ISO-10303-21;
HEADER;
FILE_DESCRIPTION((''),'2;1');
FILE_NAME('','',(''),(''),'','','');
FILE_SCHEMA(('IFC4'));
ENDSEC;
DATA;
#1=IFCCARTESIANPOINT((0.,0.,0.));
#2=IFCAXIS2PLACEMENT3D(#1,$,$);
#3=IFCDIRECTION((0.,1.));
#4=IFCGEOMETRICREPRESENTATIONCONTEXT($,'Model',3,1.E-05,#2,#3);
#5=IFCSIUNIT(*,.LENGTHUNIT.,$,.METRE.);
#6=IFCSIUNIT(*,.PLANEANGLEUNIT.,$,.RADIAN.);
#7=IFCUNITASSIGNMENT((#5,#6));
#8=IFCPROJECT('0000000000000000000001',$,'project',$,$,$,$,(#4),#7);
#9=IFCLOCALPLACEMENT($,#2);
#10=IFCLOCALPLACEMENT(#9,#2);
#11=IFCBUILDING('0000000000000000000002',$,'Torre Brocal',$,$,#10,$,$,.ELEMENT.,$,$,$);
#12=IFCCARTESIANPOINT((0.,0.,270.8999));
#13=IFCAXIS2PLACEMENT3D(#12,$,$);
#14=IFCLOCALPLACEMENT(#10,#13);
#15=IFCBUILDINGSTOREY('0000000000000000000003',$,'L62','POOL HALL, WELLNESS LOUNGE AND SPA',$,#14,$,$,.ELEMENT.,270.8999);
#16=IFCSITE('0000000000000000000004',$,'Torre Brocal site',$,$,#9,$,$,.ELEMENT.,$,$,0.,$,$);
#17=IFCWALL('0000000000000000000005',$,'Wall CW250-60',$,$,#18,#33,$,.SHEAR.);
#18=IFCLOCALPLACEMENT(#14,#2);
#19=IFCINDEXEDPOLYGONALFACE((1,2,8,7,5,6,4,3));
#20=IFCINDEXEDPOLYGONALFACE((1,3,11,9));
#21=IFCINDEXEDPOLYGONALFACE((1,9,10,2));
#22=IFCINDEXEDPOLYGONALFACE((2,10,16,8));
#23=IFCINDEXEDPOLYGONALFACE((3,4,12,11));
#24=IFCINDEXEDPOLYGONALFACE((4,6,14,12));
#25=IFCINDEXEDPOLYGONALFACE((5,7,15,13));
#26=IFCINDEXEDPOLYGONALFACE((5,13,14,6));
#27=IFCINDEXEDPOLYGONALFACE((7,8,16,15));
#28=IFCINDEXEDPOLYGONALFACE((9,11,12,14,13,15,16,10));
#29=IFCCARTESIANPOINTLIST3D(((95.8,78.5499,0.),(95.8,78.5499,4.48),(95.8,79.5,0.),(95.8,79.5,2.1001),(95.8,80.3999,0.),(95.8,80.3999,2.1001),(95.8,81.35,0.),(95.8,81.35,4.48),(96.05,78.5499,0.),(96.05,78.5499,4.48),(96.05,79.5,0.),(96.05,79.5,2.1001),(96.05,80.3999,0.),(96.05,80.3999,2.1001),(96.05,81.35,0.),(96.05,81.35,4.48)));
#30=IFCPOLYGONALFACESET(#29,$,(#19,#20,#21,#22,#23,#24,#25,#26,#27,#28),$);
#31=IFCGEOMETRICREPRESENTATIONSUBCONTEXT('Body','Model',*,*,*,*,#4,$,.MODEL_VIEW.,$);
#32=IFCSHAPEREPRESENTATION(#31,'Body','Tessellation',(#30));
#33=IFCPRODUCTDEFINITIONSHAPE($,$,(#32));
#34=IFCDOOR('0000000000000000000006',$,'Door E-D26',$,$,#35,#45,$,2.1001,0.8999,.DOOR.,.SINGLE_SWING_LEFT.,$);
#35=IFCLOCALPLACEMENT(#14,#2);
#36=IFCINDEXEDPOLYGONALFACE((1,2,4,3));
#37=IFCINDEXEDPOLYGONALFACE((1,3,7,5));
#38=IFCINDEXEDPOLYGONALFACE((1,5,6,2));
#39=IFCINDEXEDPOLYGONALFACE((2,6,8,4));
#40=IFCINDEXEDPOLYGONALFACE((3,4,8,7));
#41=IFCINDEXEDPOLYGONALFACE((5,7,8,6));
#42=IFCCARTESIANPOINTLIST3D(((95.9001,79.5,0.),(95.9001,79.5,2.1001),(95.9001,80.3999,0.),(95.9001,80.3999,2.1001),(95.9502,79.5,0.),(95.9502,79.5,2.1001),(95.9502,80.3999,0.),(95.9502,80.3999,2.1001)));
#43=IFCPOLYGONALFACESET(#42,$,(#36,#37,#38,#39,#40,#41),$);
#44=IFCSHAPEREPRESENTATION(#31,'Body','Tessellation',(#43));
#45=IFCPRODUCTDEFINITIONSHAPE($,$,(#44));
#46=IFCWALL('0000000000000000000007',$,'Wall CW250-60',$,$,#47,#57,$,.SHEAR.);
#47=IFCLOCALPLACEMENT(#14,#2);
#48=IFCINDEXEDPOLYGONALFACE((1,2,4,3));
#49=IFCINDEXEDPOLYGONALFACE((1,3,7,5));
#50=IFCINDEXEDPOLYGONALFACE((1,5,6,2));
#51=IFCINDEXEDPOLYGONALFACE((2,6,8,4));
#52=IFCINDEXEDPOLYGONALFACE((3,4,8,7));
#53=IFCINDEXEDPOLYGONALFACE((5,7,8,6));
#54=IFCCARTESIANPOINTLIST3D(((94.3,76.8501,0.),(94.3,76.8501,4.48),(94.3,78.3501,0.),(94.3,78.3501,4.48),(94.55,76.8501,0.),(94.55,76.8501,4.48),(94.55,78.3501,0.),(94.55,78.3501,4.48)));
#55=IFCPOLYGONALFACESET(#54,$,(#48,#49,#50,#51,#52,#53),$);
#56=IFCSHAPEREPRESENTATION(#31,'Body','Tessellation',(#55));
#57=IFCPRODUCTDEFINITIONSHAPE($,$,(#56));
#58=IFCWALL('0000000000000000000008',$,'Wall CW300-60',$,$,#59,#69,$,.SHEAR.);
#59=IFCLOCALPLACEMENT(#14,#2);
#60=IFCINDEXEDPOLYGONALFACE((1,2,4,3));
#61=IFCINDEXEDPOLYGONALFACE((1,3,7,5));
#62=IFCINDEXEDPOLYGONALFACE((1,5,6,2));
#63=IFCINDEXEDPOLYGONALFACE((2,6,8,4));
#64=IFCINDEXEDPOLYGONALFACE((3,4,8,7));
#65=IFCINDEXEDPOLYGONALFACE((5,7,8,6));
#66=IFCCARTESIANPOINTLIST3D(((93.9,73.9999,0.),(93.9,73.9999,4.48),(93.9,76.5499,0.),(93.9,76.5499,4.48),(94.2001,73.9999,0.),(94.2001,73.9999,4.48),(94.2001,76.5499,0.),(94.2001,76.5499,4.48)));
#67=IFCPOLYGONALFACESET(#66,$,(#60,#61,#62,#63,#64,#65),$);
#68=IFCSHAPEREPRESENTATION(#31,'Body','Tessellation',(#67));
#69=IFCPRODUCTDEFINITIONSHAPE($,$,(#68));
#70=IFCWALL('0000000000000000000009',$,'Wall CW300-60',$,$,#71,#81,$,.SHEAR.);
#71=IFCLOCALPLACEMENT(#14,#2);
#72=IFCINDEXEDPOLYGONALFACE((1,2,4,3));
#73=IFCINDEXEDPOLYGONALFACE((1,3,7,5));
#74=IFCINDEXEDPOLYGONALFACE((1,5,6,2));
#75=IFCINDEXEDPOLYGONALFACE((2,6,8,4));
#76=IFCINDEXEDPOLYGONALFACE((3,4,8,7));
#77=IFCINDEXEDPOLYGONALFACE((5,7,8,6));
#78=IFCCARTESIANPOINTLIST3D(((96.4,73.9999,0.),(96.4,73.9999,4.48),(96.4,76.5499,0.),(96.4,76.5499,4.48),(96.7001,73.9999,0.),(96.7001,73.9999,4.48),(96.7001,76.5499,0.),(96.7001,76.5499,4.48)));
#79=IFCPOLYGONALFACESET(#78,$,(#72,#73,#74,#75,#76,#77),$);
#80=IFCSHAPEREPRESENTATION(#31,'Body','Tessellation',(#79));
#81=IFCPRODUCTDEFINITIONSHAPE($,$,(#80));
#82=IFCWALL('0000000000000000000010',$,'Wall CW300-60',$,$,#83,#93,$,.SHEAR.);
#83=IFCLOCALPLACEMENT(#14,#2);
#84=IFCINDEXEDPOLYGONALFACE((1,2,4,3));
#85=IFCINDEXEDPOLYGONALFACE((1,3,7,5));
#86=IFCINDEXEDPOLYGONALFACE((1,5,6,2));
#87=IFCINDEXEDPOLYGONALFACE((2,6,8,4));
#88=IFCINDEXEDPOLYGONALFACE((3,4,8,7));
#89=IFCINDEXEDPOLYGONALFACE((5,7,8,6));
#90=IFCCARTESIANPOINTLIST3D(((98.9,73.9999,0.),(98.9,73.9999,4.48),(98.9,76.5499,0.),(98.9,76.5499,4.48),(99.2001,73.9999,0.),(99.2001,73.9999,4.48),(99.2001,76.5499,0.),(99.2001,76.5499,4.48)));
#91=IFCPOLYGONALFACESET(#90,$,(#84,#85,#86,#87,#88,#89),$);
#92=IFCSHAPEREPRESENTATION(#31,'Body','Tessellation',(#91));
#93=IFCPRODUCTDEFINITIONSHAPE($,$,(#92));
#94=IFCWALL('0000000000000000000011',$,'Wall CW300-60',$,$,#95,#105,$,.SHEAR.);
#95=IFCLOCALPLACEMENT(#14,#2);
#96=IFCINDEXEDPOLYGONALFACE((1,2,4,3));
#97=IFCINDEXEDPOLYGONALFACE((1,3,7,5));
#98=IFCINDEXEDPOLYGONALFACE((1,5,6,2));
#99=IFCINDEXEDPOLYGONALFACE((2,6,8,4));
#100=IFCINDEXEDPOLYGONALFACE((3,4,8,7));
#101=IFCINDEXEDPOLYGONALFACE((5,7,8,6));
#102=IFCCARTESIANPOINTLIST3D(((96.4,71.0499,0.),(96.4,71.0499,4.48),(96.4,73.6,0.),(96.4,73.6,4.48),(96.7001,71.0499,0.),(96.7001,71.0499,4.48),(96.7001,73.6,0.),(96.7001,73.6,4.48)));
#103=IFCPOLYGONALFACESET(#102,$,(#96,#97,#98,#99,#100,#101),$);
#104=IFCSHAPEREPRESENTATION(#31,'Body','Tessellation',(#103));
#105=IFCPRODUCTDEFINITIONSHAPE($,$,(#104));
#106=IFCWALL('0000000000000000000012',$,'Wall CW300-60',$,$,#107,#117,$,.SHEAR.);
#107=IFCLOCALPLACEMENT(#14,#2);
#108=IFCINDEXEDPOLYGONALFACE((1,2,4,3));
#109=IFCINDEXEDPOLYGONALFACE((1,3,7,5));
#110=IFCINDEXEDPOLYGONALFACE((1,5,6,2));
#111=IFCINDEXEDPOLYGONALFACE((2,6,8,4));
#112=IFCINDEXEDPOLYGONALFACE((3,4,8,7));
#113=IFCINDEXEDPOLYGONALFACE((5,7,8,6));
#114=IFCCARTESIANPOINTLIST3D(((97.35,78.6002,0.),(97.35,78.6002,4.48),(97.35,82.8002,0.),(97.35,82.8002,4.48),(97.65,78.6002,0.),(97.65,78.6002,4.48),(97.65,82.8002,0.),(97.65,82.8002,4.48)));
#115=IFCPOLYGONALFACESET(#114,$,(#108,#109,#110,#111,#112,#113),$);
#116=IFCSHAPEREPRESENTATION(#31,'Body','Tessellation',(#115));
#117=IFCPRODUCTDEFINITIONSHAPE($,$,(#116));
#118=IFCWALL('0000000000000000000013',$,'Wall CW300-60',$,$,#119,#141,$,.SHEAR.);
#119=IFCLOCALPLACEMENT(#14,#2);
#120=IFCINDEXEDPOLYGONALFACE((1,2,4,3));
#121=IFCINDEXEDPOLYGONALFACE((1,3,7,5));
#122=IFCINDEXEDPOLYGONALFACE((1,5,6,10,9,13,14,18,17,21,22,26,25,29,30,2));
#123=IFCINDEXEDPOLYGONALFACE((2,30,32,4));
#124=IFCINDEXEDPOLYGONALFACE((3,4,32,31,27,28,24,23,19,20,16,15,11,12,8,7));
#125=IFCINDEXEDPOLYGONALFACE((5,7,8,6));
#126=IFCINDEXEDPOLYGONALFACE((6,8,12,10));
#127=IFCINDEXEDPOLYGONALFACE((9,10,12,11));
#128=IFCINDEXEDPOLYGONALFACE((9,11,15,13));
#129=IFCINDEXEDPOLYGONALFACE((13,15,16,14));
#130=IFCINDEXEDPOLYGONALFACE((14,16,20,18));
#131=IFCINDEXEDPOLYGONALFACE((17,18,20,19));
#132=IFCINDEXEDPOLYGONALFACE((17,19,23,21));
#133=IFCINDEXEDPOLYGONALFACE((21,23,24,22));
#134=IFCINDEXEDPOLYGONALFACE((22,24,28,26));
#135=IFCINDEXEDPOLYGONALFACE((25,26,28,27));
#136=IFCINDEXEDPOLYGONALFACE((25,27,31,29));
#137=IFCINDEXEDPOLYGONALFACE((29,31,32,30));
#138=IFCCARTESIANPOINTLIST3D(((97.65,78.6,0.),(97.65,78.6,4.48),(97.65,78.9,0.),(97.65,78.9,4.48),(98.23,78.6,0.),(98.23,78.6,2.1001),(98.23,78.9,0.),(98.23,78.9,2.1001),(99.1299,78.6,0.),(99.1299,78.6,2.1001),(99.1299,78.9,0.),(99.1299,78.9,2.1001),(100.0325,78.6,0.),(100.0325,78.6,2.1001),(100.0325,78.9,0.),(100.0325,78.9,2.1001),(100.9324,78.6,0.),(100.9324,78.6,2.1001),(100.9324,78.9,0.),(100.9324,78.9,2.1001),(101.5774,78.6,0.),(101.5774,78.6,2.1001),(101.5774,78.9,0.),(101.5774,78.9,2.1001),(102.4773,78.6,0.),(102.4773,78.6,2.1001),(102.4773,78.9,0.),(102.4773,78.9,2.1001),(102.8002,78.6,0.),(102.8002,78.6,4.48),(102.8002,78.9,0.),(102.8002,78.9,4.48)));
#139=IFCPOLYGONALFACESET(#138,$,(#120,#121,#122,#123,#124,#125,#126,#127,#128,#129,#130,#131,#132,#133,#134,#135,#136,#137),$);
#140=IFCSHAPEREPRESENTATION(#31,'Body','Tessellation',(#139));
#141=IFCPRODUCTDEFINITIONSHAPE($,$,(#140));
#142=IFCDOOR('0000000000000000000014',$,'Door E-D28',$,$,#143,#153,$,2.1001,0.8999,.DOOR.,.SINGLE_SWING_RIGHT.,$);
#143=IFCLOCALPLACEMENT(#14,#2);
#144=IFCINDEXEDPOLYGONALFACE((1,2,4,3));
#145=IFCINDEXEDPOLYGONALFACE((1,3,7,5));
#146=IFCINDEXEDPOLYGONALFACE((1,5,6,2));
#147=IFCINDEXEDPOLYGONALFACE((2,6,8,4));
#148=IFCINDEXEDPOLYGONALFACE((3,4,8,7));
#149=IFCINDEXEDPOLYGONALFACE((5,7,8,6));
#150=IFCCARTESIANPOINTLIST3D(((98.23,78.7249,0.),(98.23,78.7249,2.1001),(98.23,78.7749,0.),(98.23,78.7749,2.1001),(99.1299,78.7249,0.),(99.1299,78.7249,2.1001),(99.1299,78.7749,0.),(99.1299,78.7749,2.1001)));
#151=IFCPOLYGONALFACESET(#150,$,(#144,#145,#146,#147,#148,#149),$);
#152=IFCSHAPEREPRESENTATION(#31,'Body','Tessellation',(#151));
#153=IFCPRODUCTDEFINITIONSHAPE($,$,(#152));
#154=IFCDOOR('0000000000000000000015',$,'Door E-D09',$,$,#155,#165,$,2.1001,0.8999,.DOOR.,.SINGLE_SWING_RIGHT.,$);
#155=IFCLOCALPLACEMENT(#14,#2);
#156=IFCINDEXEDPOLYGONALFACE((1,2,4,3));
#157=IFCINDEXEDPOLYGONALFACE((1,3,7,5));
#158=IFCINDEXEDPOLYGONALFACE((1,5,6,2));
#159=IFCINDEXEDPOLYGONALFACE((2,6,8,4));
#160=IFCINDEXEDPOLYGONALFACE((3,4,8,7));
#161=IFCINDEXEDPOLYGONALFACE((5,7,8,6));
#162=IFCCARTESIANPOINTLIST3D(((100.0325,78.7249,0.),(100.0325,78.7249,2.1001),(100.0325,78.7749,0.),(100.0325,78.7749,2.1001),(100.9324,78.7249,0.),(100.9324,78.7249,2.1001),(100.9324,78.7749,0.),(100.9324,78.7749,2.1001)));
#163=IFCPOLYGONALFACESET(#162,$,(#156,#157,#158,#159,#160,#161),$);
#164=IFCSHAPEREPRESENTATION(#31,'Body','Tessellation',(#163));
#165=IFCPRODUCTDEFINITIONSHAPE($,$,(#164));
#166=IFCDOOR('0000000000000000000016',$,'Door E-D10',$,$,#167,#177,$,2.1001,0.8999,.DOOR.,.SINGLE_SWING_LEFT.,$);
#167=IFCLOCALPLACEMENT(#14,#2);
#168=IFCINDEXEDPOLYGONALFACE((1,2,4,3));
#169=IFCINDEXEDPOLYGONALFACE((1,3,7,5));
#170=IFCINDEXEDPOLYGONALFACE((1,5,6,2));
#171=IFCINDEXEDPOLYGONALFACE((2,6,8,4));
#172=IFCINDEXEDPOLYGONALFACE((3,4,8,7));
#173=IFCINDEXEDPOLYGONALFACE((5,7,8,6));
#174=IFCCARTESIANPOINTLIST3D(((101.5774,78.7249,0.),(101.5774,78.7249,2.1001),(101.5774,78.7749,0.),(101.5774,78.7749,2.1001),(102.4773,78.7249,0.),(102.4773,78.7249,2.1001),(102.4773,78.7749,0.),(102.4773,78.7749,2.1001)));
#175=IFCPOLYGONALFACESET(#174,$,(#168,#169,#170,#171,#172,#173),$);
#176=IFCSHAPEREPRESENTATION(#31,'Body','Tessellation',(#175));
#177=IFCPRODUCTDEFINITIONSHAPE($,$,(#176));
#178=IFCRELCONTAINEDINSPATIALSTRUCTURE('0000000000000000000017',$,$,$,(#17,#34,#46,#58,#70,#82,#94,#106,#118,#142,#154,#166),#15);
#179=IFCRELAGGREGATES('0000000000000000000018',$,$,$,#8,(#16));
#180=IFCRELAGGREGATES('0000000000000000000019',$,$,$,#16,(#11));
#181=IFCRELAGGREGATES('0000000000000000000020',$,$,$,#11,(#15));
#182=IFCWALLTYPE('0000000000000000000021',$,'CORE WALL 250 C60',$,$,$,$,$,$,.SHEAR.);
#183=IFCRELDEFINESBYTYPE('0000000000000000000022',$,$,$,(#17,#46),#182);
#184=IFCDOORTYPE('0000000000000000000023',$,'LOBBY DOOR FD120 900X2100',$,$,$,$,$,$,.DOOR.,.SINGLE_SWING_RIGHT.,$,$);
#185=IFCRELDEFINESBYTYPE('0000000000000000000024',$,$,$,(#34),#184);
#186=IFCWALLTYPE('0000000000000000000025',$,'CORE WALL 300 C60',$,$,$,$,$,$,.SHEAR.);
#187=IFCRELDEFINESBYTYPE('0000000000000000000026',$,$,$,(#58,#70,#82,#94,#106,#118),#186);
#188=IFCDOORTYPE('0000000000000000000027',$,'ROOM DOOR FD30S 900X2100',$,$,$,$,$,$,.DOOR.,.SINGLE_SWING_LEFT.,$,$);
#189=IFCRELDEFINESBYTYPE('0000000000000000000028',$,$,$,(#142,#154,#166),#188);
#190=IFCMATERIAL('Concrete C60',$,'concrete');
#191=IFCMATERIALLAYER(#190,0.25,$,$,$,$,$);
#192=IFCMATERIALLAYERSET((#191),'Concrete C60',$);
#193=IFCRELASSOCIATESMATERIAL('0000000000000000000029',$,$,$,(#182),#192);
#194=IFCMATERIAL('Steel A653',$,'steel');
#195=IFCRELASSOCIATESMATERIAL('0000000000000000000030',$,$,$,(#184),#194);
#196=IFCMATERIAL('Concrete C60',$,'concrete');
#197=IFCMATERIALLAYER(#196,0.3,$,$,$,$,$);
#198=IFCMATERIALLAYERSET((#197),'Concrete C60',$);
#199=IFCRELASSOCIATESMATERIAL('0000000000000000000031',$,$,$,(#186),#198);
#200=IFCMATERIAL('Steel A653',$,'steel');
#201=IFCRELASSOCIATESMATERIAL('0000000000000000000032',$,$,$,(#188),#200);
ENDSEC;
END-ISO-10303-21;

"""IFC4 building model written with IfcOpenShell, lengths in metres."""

from ifc_helpers import new_model, si_unit, direction, frame, frame_2d, origin, place, context, subcontext, project, spatial, rectangle, extrude, material, layer, layer_set, type_object, element, fill, save


model = new_model("IFC4")

# Units and contexts
model_context = context("Model", 3, precision=1e-05, world=origin(), true_north=direction((0.0, 1.0)))
body_context = subcontext(model_context, "Body", "Model", "MODEL_VIEW")
ifc_project = project(units=[si_unit("LENGTHUNIT", "METRE"), si_unit("PLANEANGLEUNIT", "RADIAN")], contexts=[model_context])

# Site, building, storey
site_placement = place(None, origin())
site = spatial("IfcSite", under=ifc_project, at=site_placement, Name="Torre Brocal site", CompositionType="ELEMENT", RefElevation=0.0)
building_placement = place(site_placement, origin())
building = spatial("IfcBuilding", under=site, at=building_placement, Name="Torre Brocal", CompositionType="ELEMENT")
storey_placement = place(building_placement, frame((0.0, 0.0, 270.8999)))
storey = spatial("IfcBuildingStorey", under=building, at=storey_placement, Name="L62", Description="POOL HALL, WELLNESS LOUNGE AND SPA", CompositionType="ELEMENT", Elevation=270.8999)

# Wall, opening, door
ifc_material_1 = material(Name="Concrete C60", Category="concrete")
ifc_layer_1 = layer(ifc_material_1, 0.25)
ifc_layer_set_1 = layer_set([ifc_layer_1], Name="Concrete C60")
wall_type_1 = type_object("IfcWallType", Name="CORE WALL 250 C60", PredefinedType="SHEAR", material=ifc_layer_set_1)
wall_1_placement = place(storey_placement, frame((95.925, 78.55, 0.0), z_axis=(0.0, 0.0, 1.0), x_axis=(0.0, 1.0, 0.0)))
wall_1 = element("IfcWall", 1, at=wall_1_placement, inside=storey, type_object=wall_type_1, Name="Wall CW250-60", PredefinedType="SHEAR", context=body_context, shape_type="SweptSolid", body=[
    extrude(rectangle(XDim=2.8, YDim=0.25, at=frame_2d((1.3999, 0.0))), origin(), (0.0, 0.0, 1.0), 4.48),
])
opening_1_placement = place(wall_1_placement, frame((0.95, 0.0, 0.0)))
opening_1 = element("IfcOpeningElement", 2, at=opening_1_placement, cuts=wall_1, PredefinedType="OPENING", context=body_context, shape_type="SweptSolid", body=[
    extrude(rectangle(XDim=0.8999, YDim=2.1001, at=frame_2d((0.45, 1.05))), frame((0.0, 0.135, 0.0), z_axis=(0.0, -1.0, 0.0), x_axis=(1.0, 0.0, 0.0)), (0.0, 0.0, 1.0), 0.27),
])
ifc_material_2 = material(Name="Steel A653", Category="steel")
door_type_1 = type_object("IfcDoorType", Name="LOBBY DOOR FD120 900X2100", OperationType="SINGLE_SWING_RIGHT", PredefinedType="DOOR", material=ifc_material_2)
door_1_placement = place(opening_1_placement, origin())
door_1 = element("IfcDoor", 3, at=door_1_placement, inside=storey, type_object=door_type_1, Name="Door E-D26", OperationType="SINGLE_SWING_LEFT", OverallHeight=2.1001, OverallWidth=0.8999, PredefinedType="DOOR", context=body_context, shape_type="SweptSolid", body=[
    extrude(rectangle(XDim=0.8999, YDim=2.1001, at=frame_2d((0.45, 1.05))), frame((0.0, 0.0249, 0.0), z_axis=(0.0, -1.0, 0.0), x_axis=(1.0, 0.0, 0.0)), (0.0, 0.0, 1.0), 0.05),
])
fill(opening_1, door_1)

# Walls
wall_2_placement = place(storey_placement, frame((94.425, 76.8501, 0.0), z_axis=(0.0, 0.0, 1.0), x_axis=(0.0, 1.0, 0.0)))
element("IfcWall", 4, at=wall_2_placement, inside=storey, type_object=wall_type_1, Name="Wall CW250-60", PredefinedType="SHEAR", context=body_context, shape_type="SweptSolid", body=[
    extrude(rectangle(XDim=1.5, YDim=0.25, at=frame_2d((0.75, 0.0))), origin(), (0.0, 0.0, 1.0), 4.48),
])
ifc_material_3 = material(Name="Concrete C60", Category="concrete")
ifc_layer_2 = layer(ifc_material_3, 0.3)
ifc_layer_set_2 = layer_set([ifc_layer_2], Name="Concrete C60")
wall_type_2 = type_object("IfcWallType", Name="CORE WALL 300 C60", PredefinedType="SHEAR", material=ifc_layer_set_2)
for number, where, z_axis, x_axis, name in (
    (5, (94.05, 74.0, 0.0), (0.0, 0.0, 1.0), (0.0, 1.0, 0.0), "Wall CW300-60"),
    (6, (96.55, 74.0, 0.0), (0.0, 0.0, 1.0), (0.0, 1.0, 0.0), "Wall CW300-60"),
    (7, (99.05, 74.0, 0.0), (0.0, 0.0, 1.0), (0.0, 1.0, 0.0), "Wall CW300-60"),
    (8, (96.55, 71.05, 0.0), (0.0, 0.0, 1.0), (0.0, 1.0, 0.0), "Wall CW300-60"),
):
    element("IfcWall", number, at=place(storey_placement, frame(where, z_axis=z_axis, x_axis=x_axis)), inside=storey, type_object=wall_type_2, Name=name, PredefinedType="SHEAR", context=body_context, shape_type="SweptSolid", body=[
        extrude(rectangle(XDim=2.55, YDim=0.3, at=frame_2d((1.2749, 0.0))), origin(), (0.0, 0.0, 1.0), 4.48),
    ])
wall_3_placement = place(storey_placement, frame((97.5, 78.6001, 0.0), z_axis=(0.0, 0.0, 1.0), x_axis=(0.0, 1.0, 0.0)))
element("IfcWall", 9, at=wall_3_placement, inside=storey, type_object=wall_type_2, Name="Wall CW300-60", PredefinedType="SHEAR", context=body_context, shape_type="SweptSolid", body=[
    extrude(rectangle(XDim=4.2, YDim=0.3, at=frame_2d((2.1001, 0.0))), origin(), (0.0, 0.0, 1.0), 4.48),
])

# Wall, openings, doors
wall_4_placement = place(storey_placement, frame((97.6499, 78.75, 0.0), z_axis=(0.0, 0.0, 1.0), x_axis=(1.0, 0.0, 0.0)))
wall_4 = element("IfcWall", 10, at=wall_4_placement, inside=storey, type_object=wall_type_2, Name="Wall CW300-60", PredefinedType="SHEAR", context=body_context, shape_type="SweptSolid", body=[
    extrude(rectangle(XDim=5.1501, YDim=0.3, at=frame_2d((2.5752, 0.0))), origin(), (0.0, 0.0, 1.0), 4.48),
])
opening_2_placement = place(wall_4_placement, frame((0.5801, 0.0, 0.0)))
opening_2 = element("IfcOpeningElement", 11, at=opening_2_placement, cuts=wall_4, PredefinedType="OPENING", context=body_context, shape_type="SweptSolid", body=[
    extrude(rectangle(XDim=0.8999, YDim=2.1001, at=frame_2d((0.45, 1.05))), frame((0.0, 0.1599, 0.0), z_axis=(0.0, -1.0, 0.0), x_axis=(1.0, 0.0, 0.0)), (0.0, 0.0, 1.0), 0.3201),
])
opening_3_placement = place(wall_4_placement, frame((2.3826, 0.0, 0.0)))
opening_3 = element("IfcOpeningElement", 12, at=opening_3_placement, cuts=wall_4, PredefinedType="OPENING", context=body_context, shape_type="SweptSolid", body=[
    extrude(rectangle(XDim=0.8999, YDim=2.1001, at=frame_2d((0.45, 1.05))), frame((0.0, 0.1599, 0.0), z_axis=(0.0, -1.0, 0.0), x_axis=(1.0, 0.0, 0.0)), (0.0, 0.0, 1.0), 0.3201),
])
opening_4_placement = place(wall_4_placement, frame((3.9275, 0.0, 0.0)))
opening_4 = element("IfcOpeningElement", 13, at=opening_4_placement, cuts=wall_4, PredefinedType="OPENING", context=body_context, shape_type="SweptSolid", body=[
    extrude(rectangle(XDim=0.8999, YDim=2.1001, at=frame_2d((0.45, 1.05))), frame((0.0, 0.1599, 0.0), z_axis=(0.0, -1.0, 0.0), x_axis=(1.0, 0.0, 0.0)), (0.0, 0.0, 1.0), 0.3201),
])
ifc_material_4 = material(Name="Steel A653", Category="steel")
door_type_2 = type_object("IfcDoorType", Name="ROOM DOOR FD30S 900X2100", OperationType="SINGLE_SWING_LEFT", PredefinedType="DOOR", material=ifc_material_4)
door_2_placement = place(opening_2_placement, origin())
door_2 = element("IfcDoor", 14, at=door_2_placement, inside=storey, type_object=door_type_2, Name="Door E-D28", OperationType="SINGLE_SWING_RIGHT", OverallHeight=2.1001, OverallWidth=0.8999, PredefinedType="DOOR", context=body_context, shape_type="SweptSolid", body=[
    extrude(rectangle(XDim=0.8999, YDim=2.1001, at=frame_2d((0.45, 1.05))), frame((0.0, 0.0249, 0.0), z_axis=(0.0, -1.0, 0.0), x_axis=(1.0, 0.0, 0.0)), (0.0, 0.0, 1.0), 0.05),
])
fill(opening_2, door_2)
door_3_placement = place(opening_3_placement, origin())
door_3 = element("IfcDoor", 15, at=door_3_placement, inside=storey, type_object=door_type_2, Name="Door E-D09", OperationType="SINGLE_SWING_RIGHT", OverallHeight=2.1001, OverallWidth=0.8999, PredefinedType="DOOR", context=body_context, shape_type="SweptSolid", body=[
    extrude(rectangle(XDim=0.8999, YDim=2.1001, at=frame_2d((0.45, 1.05))), frame((0.0, 0.0249, 0.0), z_axis=(0.0, -1.0, 0.0), x_axis=(1.0, 0.0, 0.0)), (0.0, 0.0, 1.0), 0.05),
])
fill(opening_3, door_3)
door_4_placement = place(opening_4_placement, origin())
door_4 = element("IfcDoor", 16, at=door_4_placement, inside=storey, type_object=door_type_2, Name="Door E-D10", OperationType="SINGLE_SWING_LEFT", OverallHeight=2.1001, OverallWidth=0.8999, PredefinedType="DOOR", context=body_context, shape_type="SweptSolid", body=[
    extrude(rectangle(XDim=0.8999, YDim=2.1001, at=frame_2d((0.45, 1.05))), frame((0.0, 0.0249, 0.0), z_axis=(0.0, -1.0, 0.0), x_axis=(1.0, 0.0, 0.0)), (0.0, 0.0, 1.0), 0.05),
])
fill(opening_4, door_4)

save(model, "model.ifc")
